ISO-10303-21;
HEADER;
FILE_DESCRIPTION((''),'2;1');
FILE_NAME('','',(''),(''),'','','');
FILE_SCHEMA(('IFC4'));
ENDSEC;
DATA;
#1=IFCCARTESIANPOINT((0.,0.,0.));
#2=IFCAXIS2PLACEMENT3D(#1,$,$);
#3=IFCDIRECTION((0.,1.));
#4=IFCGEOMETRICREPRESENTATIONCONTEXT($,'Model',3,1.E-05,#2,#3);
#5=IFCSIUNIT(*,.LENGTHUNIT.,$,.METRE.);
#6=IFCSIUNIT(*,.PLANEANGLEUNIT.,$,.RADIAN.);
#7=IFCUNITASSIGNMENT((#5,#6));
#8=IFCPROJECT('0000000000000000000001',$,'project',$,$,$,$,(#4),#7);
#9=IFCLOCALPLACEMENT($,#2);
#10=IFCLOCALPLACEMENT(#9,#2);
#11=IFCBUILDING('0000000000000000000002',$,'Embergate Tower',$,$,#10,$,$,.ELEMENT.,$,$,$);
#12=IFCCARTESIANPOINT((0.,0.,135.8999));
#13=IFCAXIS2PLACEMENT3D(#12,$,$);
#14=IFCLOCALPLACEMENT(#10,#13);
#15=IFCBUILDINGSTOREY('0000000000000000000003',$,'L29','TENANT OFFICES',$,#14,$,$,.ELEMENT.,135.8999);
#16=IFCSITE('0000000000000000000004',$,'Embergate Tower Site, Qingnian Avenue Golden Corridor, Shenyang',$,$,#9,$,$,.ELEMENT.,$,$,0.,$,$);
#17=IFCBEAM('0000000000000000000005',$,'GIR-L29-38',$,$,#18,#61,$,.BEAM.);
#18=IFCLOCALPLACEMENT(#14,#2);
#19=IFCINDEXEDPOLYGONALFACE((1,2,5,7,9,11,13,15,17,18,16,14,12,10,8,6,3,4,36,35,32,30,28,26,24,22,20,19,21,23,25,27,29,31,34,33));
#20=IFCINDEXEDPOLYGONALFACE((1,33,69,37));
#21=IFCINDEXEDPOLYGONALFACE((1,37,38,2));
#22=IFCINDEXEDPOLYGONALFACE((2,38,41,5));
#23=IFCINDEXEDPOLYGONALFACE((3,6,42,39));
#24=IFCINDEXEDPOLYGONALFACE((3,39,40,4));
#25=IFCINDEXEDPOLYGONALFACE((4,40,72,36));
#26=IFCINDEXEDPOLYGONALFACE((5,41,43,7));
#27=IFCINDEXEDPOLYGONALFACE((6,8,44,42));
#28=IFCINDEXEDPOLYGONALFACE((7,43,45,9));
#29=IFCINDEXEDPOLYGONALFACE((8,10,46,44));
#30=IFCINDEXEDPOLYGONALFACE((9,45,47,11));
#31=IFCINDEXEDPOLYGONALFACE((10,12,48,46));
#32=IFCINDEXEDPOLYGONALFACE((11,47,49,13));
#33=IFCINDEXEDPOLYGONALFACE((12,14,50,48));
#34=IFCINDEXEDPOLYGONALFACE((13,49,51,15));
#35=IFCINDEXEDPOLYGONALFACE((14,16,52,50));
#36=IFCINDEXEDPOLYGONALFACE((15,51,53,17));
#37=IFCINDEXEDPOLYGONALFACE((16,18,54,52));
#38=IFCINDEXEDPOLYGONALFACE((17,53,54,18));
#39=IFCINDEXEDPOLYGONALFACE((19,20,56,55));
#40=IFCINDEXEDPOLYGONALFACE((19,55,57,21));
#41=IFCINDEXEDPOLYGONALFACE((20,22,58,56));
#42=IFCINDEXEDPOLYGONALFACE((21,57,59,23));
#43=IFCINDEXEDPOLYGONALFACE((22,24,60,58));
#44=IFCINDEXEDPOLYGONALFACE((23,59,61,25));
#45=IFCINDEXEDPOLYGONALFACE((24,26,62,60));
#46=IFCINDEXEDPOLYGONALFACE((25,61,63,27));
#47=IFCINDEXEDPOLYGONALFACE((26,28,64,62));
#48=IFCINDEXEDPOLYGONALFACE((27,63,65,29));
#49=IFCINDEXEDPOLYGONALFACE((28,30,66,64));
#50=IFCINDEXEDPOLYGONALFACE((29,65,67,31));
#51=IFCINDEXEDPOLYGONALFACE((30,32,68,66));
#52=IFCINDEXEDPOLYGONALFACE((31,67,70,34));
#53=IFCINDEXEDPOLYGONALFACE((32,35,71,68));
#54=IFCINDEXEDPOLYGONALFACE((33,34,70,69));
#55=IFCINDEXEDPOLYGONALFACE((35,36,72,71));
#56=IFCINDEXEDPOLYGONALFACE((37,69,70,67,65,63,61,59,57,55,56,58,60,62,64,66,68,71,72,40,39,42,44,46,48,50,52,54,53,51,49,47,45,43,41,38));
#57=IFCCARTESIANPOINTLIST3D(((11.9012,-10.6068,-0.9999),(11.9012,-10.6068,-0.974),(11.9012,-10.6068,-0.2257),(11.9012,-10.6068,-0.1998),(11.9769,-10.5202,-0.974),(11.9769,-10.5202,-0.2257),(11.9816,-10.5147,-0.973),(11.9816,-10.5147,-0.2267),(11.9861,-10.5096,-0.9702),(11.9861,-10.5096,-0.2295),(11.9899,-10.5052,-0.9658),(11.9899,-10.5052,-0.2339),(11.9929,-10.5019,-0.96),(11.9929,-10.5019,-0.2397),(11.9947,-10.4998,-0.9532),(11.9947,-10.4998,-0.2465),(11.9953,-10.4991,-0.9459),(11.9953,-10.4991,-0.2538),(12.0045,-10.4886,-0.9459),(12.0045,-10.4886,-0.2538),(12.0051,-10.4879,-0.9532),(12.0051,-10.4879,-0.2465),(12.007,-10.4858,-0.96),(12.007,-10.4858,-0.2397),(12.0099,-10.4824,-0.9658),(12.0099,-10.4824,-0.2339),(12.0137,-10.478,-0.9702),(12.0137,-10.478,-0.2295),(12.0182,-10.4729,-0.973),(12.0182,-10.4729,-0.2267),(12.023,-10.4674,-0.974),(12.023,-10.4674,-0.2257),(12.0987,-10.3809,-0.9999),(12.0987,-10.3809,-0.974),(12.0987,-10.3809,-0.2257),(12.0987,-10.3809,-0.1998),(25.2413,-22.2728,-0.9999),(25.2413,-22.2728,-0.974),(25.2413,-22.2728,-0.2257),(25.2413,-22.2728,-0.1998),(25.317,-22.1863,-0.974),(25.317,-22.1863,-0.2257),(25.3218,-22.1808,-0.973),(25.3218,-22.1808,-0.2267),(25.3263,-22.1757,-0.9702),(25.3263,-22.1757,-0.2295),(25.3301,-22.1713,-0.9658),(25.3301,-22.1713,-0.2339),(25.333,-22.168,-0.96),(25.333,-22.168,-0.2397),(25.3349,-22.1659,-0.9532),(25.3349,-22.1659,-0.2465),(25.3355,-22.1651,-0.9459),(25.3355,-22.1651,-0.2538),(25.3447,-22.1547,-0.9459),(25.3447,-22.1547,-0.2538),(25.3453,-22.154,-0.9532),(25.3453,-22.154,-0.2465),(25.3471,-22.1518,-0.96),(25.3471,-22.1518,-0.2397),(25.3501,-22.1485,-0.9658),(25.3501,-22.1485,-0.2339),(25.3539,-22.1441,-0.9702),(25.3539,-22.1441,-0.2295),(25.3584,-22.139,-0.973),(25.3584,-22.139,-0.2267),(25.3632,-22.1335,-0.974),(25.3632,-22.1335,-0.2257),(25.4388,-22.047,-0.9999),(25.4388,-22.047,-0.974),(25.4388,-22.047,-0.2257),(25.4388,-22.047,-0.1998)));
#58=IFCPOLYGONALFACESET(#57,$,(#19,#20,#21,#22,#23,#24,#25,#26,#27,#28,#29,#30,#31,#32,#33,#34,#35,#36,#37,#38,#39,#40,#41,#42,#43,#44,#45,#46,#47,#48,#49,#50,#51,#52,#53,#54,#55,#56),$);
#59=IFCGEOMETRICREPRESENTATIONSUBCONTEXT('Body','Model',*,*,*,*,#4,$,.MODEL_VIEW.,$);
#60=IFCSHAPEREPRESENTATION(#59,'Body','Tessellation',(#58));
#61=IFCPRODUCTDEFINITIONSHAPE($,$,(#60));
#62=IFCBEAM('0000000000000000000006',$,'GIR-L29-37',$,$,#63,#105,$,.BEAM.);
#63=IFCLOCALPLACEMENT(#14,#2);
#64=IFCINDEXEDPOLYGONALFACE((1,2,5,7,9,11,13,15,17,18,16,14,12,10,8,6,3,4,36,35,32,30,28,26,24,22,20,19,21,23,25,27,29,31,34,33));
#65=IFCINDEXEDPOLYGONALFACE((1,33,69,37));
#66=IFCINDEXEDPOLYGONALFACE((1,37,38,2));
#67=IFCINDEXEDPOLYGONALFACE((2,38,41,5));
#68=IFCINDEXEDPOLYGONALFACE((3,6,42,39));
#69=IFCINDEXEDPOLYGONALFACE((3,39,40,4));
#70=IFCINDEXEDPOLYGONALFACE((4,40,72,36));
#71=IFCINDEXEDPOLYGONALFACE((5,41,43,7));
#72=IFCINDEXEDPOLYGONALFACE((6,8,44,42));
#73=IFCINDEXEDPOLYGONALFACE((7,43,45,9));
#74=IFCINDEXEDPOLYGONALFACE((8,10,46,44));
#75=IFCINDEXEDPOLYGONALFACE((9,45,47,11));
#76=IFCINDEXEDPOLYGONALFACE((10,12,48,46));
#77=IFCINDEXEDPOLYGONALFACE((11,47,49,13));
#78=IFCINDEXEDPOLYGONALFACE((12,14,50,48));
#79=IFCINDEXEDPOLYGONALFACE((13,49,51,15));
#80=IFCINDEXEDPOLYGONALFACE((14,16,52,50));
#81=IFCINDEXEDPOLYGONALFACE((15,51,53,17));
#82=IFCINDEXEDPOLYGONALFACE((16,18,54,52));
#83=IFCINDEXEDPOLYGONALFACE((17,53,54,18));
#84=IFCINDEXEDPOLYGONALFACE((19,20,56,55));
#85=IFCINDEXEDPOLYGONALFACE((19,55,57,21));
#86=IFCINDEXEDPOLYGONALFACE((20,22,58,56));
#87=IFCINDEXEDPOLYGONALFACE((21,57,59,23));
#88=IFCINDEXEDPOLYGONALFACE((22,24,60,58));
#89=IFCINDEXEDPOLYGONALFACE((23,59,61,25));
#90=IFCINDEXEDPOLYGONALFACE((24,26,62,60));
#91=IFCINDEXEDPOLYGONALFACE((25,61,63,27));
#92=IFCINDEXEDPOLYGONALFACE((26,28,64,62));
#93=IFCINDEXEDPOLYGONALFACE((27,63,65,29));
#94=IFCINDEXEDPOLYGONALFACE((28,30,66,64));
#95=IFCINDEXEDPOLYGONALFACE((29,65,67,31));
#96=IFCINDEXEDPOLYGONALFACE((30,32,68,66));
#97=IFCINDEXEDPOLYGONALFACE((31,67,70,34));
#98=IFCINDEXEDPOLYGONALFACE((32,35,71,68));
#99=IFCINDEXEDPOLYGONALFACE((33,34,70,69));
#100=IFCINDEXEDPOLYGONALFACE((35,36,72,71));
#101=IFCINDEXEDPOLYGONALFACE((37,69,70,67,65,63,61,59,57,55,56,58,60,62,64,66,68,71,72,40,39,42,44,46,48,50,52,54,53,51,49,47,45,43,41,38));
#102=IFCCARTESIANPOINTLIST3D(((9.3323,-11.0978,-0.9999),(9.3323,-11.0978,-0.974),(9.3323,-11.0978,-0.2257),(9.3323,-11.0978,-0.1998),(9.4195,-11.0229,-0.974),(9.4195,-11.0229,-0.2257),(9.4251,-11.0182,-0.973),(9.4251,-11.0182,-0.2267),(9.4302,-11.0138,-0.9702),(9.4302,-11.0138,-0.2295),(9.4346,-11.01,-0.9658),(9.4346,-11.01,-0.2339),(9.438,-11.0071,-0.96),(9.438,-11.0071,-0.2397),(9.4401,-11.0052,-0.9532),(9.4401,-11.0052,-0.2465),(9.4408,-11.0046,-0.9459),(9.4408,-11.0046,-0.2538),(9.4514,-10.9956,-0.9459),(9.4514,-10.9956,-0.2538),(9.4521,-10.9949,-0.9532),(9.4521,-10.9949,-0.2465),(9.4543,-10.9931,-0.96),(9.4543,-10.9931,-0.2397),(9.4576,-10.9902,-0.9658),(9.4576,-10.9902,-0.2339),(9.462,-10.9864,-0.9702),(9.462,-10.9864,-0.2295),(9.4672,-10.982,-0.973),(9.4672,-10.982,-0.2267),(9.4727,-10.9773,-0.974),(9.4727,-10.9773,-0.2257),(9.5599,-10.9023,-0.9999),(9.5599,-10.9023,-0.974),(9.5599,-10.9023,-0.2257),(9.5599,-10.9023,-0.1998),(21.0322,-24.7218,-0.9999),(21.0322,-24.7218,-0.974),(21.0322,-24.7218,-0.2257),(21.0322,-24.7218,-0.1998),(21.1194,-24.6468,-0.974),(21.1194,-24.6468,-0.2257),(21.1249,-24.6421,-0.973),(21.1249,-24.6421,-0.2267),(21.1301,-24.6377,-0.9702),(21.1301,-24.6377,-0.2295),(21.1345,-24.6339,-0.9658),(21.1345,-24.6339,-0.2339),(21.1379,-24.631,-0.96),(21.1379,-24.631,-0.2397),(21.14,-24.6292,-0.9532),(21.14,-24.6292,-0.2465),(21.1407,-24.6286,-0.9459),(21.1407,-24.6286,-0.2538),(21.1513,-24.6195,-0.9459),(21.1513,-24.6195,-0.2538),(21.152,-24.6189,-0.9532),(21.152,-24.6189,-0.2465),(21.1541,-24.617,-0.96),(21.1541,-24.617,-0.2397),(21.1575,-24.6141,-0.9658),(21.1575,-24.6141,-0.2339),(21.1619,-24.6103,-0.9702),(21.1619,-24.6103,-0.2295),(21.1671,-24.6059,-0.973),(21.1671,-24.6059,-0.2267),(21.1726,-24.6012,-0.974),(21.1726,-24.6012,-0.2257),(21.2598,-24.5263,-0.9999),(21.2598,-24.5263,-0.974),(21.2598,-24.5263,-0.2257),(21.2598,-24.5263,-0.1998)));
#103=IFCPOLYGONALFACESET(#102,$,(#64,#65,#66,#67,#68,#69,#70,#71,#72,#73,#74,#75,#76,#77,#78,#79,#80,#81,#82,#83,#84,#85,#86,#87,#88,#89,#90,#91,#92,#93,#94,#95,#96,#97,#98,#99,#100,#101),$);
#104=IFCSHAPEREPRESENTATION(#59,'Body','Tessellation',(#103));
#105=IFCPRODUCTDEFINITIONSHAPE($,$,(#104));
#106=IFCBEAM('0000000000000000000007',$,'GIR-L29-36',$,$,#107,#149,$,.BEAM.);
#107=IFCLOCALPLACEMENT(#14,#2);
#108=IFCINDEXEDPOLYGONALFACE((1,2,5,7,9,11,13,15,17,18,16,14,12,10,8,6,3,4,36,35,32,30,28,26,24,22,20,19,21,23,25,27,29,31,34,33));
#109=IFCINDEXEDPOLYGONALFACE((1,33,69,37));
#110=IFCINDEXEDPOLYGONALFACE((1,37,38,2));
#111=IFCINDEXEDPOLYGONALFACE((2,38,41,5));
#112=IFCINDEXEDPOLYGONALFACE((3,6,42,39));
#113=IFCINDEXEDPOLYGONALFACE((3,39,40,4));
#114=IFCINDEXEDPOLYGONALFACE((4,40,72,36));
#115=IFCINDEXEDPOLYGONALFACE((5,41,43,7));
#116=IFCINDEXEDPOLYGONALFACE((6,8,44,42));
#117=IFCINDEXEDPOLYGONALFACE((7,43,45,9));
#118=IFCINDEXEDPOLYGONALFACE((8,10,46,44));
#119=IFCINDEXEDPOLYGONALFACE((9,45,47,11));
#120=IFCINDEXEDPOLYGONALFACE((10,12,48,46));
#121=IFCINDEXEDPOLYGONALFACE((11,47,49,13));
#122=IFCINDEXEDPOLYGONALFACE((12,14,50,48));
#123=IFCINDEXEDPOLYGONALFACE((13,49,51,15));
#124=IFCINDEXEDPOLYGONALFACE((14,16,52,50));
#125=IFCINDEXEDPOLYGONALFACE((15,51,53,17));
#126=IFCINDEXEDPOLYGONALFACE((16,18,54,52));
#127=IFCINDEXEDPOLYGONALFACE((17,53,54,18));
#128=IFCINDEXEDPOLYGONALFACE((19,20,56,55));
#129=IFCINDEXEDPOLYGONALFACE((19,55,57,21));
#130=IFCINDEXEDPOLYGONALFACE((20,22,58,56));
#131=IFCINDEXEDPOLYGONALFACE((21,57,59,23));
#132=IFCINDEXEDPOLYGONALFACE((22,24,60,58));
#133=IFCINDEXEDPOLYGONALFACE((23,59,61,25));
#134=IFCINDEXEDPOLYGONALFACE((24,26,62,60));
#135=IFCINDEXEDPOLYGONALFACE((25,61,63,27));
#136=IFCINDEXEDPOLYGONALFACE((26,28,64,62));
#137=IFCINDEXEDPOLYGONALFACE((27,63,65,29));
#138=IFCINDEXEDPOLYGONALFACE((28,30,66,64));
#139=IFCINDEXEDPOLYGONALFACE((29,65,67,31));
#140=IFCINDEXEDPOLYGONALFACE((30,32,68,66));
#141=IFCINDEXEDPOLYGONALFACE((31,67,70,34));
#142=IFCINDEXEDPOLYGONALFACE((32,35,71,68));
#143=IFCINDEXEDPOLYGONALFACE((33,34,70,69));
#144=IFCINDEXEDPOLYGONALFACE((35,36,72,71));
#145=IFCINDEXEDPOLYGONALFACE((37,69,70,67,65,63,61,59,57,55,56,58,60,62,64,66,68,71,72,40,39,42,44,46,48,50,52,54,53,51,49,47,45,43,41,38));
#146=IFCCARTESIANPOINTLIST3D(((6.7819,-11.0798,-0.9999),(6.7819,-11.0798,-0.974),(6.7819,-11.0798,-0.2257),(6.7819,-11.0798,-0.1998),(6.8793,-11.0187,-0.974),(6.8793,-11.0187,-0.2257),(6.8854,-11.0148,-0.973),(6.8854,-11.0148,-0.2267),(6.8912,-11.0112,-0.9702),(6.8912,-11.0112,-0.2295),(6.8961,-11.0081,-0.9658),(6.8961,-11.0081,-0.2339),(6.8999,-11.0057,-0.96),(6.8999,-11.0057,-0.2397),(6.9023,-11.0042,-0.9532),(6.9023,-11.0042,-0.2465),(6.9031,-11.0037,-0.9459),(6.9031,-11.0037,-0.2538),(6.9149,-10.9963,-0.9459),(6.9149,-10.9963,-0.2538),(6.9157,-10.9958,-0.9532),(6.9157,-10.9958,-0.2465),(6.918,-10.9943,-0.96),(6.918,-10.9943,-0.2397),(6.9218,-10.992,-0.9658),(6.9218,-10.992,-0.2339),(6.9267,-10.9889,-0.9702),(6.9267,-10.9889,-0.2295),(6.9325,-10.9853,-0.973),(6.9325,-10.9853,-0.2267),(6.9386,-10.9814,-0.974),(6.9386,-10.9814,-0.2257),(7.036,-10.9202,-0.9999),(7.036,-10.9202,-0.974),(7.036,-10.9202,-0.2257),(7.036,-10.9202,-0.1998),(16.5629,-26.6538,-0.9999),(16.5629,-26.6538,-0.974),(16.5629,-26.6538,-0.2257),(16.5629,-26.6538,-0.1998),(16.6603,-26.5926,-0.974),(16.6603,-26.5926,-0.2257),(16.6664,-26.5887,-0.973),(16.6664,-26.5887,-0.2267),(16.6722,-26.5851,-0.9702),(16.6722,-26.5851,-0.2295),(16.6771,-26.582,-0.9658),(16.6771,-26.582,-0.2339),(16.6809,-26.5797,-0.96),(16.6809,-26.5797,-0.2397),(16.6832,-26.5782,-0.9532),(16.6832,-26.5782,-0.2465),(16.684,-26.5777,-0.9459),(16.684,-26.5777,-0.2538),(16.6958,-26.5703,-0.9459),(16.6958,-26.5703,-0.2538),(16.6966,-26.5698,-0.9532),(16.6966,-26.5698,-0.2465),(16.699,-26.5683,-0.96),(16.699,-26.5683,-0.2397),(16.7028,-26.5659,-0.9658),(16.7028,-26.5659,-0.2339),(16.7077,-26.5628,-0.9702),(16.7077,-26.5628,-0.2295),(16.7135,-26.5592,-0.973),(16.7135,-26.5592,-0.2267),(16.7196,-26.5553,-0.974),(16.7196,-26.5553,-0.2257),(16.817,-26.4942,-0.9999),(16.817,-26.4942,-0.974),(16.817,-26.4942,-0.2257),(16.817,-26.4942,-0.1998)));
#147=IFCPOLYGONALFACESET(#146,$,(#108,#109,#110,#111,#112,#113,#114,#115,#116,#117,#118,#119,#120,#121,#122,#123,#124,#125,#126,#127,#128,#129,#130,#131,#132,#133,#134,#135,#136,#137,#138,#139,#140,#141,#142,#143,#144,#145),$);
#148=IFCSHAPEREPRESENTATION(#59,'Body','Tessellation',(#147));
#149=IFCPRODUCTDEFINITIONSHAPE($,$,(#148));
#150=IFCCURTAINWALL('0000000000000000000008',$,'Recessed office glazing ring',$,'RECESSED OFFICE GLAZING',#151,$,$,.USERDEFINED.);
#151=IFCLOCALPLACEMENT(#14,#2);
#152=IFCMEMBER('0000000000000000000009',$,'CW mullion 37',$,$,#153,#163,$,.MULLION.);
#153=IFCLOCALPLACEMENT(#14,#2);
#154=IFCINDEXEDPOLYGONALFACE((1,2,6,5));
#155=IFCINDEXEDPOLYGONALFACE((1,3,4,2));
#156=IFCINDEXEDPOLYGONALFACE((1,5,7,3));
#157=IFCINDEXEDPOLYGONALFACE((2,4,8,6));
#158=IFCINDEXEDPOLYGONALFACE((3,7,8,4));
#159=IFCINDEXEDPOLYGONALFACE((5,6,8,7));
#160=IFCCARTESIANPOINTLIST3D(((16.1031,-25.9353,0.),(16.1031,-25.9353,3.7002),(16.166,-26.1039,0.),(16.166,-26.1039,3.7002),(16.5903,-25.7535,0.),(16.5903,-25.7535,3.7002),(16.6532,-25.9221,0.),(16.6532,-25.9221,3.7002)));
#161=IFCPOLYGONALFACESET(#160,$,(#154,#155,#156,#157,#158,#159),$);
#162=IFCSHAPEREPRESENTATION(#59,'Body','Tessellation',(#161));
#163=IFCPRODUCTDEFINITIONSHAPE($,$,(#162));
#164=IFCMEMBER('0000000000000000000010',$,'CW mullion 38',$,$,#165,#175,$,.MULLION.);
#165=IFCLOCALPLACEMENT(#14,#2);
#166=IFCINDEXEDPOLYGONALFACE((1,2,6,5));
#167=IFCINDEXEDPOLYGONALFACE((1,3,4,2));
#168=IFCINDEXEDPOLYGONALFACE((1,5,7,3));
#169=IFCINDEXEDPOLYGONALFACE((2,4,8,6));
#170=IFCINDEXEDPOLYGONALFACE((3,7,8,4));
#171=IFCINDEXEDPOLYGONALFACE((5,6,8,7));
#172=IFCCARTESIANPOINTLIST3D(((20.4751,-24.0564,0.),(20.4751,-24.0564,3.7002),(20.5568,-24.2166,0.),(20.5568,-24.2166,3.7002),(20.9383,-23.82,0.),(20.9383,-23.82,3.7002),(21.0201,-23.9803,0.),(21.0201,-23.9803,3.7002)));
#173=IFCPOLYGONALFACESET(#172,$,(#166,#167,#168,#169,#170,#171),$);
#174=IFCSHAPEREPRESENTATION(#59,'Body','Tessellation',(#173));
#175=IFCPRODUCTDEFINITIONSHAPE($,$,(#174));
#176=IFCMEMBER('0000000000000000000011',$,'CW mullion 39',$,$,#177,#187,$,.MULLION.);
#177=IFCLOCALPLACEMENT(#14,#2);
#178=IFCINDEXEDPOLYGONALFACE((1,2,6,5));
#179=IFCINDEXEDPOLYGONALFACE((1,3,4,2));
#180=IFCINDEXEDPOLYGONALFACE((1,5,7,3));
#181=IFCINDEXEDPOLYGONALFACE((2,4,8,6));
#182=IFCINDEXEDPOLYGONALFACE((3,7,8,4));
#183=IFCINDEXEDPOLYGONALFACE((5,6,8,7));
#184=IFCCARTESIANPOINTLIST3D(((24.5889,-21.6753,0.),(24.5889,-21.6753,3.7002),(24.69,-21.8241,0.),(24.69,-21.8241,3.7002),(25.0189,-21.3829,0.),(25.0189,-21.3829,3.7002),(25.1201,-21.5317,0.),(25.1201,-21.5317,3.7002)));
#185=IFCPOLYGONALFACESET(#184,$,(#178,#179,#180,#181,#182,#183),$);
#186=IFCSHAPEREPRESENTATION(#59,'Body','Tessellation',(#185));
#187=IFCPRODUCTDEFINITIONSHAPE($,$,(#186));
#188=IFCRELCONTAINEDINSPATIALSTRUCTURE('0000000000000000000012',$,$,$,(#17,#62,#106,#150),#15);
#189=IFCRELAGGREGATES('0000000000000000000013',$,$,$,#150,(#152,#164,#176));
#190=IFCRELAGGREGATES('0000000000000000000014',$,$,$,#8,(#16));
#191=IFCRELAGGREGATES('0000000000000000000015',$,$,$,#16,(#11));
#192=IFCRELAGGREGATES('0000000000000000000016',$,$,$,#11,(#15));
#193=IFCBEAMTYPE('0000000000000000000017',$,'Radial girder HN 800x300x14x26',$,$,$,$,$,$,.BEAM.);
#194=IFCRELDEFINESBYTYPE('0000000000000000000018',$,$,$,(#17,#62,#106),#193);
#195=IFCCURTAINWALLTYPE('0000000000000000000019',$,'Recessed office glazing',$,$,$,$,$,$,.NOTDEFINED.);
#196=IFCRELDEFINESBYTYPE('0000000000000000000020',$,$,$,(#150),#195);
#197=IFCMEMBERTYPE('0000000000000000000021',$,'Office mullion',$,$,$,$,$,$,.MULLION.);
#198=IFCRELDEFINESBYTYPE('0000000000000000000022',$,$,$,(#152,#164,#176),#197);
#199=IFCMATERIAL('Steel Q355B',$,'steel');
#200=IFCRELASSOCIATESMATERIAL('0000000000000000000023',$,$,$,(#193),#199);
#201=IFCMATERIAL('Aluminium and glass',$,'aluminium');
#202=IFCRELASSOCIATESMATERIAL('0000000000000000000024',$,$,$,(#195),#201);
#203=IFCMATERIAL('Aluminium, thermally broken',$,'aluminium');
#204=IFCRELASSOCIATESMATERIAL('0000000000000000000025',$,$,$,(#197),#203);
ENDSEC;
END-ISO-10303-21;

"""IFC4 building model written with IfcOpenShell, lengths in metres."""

from ifc_helpers import new_model, si_unit, direction, frame, origin, origin_2d, place, context, subcontext, project, spatial, rectangle, i_section, extrude, source, transform, mapped, material, material_profile, profile_set, type_object, element, aggregate, save


model = new_model("IFC4")

# Units and contexts
model_context = context("Model", 3, precision=1e-05, world=origin(), true_north=direction((0.0, 1.0)))
body_context = subcontext(model_context, "Body", "Model", "MODEL_VIEW")
ifc_project = project(units=[si_unit("LENGTHUNIT", "METRE"), si_unit("PLANEANGLEUNIT", "RADIAN")], contexts=[model_context])

# Site, building, storey
site_placement = place(None, origin())
site = spatial("IfcSite", under=ifc_project, at=site_placement, Name="Embergate Tower Site, Qingnian Avenue Golden Corridor, Shenyang", CompositionType="ELEMENT", RefElevation=0.0)
building_placement = place(site_placement, origin())
building = spatial("IfcBuilding", under=site, at=building_placement, Name="Embergate Tower", CompositionType="ELEMENT")
storey_placement = place(building_placement, frame((0.0, 0.0, 135.8999)))
storey = spatial("IfcBuildingStorey", under=building, at=storey_placement, Name="L29", Description="TENANT OFFICES", CompositionType="ELEMENT", Elevation=135.8999)

# Beams
ifc_material_1 = material(Name="Steel Q355B", Category="steel")
ifc_material_profile_1 = material_profile(ifc_material_1, i_section(OverallWidth=0.3, OverallDepth=0.8, WebThickness=0.0139, FlangeThickness=0.0259, FilletRadius=0.0281, at=origin_2d()), Name="HN 800x300x14x26")
ifc_profile_set_1 = profile_set([ifc_material_profile_1], Name="Steel Q355 grade B")
beam_type_1 = type_object("IfcBeamType", Name="Radial girder HN 800x300x14x26", PredefinedType="BEAM", material=ifc_profile_set_1)
shared_shape_1 = source(origin(), body_context, "Body", "SweptSolid", [
    extrude(i_section(OverallWidth=0.3, OverallDepth=0.8, WebThickness=0.0139, FlangeThickness=0.0259, FilletRadius=0.0281, at=origin_2d()), origin(), (0.0, 0.0, 1.0), 17.7217),
])
beam_1_placement = place(storey_placement, frame((25.3401, -22.1599, -0.5999), z_axis=(-0.75276, 0.658295, 0.0), x_axis=(-0.658295, -0.75276, 0.0)))
element("IfcBeam", 1, at=beam_1_placement, inside=storey, type_object=beam_type_1, Name="GIR-L29-38", PredefinedType="BEAM", context=body_context, shape_type="MappedRepresentation", body=[
    mapped(shared_shape_1, transform((0.0, 0.0, 0.0))),
])
shared_shape_2 = source(origin(), body_context, "Body", "SweptSolid", [
    extrude(i_section(OverallWidth=0.3, OverallDepth=0.8, WebThickness=0.0139, FlangeThickness=0.0259, FilletRadius=0.0281, at=origin_2d()), origin(), (0.0, 0.0, 1.0), 17.9583),
])
beam_2_placement = place(storey_placement, frame((21.146, -24.624, -0.5999), z_axis=(-0.651504, 0.758645, 0.0), x_axis=(-0.758645, -0.651504, 0.0)))
element("IfcBeam", 2, at=beam_2_placement, inside=storey, type_object=beam_type_1, Name="GIR-L29-37", PredefinedType="BEAM", context=body_context, shape_type="MappedRepresentation", body=[
    mapped(shared_shape_2, transform((0.0, 0.0, 0.0))),
])
shared_shape_3 = source(origin(), body_context, "Body", "SweptSolid", [
    extrude(i_section(OverallWidth=0.3, OverallDepth=0.8, WebThickness=0.0139, FlangeThickness=0.0259, FilletRadius=0.0281, at=origin_2d()), origin(), (0.0, 0.0, 1.0), 18.3906),
])
beam_3_placement = place(storey_placement, frame((16.6899, -26.574, -0.5999), z_axis=(-0.531846, 0.846841, 0.0), x_axis=(-0.846841, -0.531846, 0.0)))
element("IfcBeam", 3, at=beam_3_placement, inside=storey, type_object=beam_type_1, Name="GIR-L29-36", PredefinedType="BEAM", context=body_context, shape_type="MappedRepresentation", body=[
    mapped(shared_shape_3, transform((0.0, 0.0, 0.0))),
])

# Curtain wall, members
ifc_material_2 = material(Name="Aluminium and glass", Category="aluminium")
curtain_wall_type = type_object("IfcCurtainWallType", Name="Recessed office glazing", PredefinedType="NOTDEFINED", material=ifc_material_2)
curtain_wall_placement = place(storey_placement, origin())
curtain_wall = element("IfcCurtainWall", 4, at=curtain_wall_placement, inside=storey, type_object=curtain_wall_type, Name="Recessed office glazing ring", ObjectType="RECESSED OFFICE GLAZING", PredefinedType="USERDEFINED")
ifc_material_3 = material(Name="Aluminium, thermally broken", Category="aluminium")
ifc_material_profile_2 = material_profile(ifc_material_3, rectangle(XDim=0.1799, YDim=0.52, at=origin_2d()), Name="AL 520x180")
ifc_profile_set_2 = profile_set([ifc_material_profile_2], Name="Aluminium, thermally broken")
member_type_1 = type_object("IfcMemberType", Name="Office mullion", PredefinedType="MULLION", material=ifc_profile_set_2)
shared_shape_4 = source(origin(), body_context, "Body", "SweptSolid", [
    extrude(rectangle(XDim=0.1799, YDim=0.52, at=origin_2d()), origin(), (0.0, 0.0, 1.0), 3.7002),
])
member_1_placement = place(storey_placement, frame((16.3782, -25.9287, 0.0), z_axis=(0.0, 0.0, 1.0), x_axis=(-0.349501, 0.936936, 0.0)))
member_1 = element("IfcMember", 5, at=member_1_placement, type_object=member_type_1, Name="CW mullion 37", PredefinedType="MULLION", context=body_context, shape_type="MappedRepresentation", body=[
    mapped(shared_shape_4, transform((0.0, 0.0, 0.0))),
])
member_2_placement = place(storey_placement, frame((20.7476, -24.0183, 0.0), z_axis=(0.0, 0.0, 1.0), x_axis=(-0.454508, 0.890743, 0.0)))
member_2 = element("IfcMember", 6, at=member_2_placement, type_object=member_type_1, Name="CW mullion 38", PredefinedType="MULLION", context=body_context, shape_type="MappedRepresentation", body=[
    mapped(shared_shape_4, transform((0.0, 0.0, 0.0))),
])
member_3_placement = place(storey_placement, frame((24.8545, -21.6035, 0.0), z_axis=(0.0, 0.0, 1.0), x_axis=(-0.562215, 0.826991, 0.0)))
member_3 = element("IfcMember", 7, at=member_3_placement, type_object=member_type_1, Name="CW mullion 39", PredefinedType="MULLION", context=body_context, shape_type="MappedRepresentation", body=[
    mapped(shared_shape_4, transform((0.0, 0.0, 0.0))),
])
aggregate(curtain_wall, [member_1, member_2, member_3])

save(model, "model.ifc")
